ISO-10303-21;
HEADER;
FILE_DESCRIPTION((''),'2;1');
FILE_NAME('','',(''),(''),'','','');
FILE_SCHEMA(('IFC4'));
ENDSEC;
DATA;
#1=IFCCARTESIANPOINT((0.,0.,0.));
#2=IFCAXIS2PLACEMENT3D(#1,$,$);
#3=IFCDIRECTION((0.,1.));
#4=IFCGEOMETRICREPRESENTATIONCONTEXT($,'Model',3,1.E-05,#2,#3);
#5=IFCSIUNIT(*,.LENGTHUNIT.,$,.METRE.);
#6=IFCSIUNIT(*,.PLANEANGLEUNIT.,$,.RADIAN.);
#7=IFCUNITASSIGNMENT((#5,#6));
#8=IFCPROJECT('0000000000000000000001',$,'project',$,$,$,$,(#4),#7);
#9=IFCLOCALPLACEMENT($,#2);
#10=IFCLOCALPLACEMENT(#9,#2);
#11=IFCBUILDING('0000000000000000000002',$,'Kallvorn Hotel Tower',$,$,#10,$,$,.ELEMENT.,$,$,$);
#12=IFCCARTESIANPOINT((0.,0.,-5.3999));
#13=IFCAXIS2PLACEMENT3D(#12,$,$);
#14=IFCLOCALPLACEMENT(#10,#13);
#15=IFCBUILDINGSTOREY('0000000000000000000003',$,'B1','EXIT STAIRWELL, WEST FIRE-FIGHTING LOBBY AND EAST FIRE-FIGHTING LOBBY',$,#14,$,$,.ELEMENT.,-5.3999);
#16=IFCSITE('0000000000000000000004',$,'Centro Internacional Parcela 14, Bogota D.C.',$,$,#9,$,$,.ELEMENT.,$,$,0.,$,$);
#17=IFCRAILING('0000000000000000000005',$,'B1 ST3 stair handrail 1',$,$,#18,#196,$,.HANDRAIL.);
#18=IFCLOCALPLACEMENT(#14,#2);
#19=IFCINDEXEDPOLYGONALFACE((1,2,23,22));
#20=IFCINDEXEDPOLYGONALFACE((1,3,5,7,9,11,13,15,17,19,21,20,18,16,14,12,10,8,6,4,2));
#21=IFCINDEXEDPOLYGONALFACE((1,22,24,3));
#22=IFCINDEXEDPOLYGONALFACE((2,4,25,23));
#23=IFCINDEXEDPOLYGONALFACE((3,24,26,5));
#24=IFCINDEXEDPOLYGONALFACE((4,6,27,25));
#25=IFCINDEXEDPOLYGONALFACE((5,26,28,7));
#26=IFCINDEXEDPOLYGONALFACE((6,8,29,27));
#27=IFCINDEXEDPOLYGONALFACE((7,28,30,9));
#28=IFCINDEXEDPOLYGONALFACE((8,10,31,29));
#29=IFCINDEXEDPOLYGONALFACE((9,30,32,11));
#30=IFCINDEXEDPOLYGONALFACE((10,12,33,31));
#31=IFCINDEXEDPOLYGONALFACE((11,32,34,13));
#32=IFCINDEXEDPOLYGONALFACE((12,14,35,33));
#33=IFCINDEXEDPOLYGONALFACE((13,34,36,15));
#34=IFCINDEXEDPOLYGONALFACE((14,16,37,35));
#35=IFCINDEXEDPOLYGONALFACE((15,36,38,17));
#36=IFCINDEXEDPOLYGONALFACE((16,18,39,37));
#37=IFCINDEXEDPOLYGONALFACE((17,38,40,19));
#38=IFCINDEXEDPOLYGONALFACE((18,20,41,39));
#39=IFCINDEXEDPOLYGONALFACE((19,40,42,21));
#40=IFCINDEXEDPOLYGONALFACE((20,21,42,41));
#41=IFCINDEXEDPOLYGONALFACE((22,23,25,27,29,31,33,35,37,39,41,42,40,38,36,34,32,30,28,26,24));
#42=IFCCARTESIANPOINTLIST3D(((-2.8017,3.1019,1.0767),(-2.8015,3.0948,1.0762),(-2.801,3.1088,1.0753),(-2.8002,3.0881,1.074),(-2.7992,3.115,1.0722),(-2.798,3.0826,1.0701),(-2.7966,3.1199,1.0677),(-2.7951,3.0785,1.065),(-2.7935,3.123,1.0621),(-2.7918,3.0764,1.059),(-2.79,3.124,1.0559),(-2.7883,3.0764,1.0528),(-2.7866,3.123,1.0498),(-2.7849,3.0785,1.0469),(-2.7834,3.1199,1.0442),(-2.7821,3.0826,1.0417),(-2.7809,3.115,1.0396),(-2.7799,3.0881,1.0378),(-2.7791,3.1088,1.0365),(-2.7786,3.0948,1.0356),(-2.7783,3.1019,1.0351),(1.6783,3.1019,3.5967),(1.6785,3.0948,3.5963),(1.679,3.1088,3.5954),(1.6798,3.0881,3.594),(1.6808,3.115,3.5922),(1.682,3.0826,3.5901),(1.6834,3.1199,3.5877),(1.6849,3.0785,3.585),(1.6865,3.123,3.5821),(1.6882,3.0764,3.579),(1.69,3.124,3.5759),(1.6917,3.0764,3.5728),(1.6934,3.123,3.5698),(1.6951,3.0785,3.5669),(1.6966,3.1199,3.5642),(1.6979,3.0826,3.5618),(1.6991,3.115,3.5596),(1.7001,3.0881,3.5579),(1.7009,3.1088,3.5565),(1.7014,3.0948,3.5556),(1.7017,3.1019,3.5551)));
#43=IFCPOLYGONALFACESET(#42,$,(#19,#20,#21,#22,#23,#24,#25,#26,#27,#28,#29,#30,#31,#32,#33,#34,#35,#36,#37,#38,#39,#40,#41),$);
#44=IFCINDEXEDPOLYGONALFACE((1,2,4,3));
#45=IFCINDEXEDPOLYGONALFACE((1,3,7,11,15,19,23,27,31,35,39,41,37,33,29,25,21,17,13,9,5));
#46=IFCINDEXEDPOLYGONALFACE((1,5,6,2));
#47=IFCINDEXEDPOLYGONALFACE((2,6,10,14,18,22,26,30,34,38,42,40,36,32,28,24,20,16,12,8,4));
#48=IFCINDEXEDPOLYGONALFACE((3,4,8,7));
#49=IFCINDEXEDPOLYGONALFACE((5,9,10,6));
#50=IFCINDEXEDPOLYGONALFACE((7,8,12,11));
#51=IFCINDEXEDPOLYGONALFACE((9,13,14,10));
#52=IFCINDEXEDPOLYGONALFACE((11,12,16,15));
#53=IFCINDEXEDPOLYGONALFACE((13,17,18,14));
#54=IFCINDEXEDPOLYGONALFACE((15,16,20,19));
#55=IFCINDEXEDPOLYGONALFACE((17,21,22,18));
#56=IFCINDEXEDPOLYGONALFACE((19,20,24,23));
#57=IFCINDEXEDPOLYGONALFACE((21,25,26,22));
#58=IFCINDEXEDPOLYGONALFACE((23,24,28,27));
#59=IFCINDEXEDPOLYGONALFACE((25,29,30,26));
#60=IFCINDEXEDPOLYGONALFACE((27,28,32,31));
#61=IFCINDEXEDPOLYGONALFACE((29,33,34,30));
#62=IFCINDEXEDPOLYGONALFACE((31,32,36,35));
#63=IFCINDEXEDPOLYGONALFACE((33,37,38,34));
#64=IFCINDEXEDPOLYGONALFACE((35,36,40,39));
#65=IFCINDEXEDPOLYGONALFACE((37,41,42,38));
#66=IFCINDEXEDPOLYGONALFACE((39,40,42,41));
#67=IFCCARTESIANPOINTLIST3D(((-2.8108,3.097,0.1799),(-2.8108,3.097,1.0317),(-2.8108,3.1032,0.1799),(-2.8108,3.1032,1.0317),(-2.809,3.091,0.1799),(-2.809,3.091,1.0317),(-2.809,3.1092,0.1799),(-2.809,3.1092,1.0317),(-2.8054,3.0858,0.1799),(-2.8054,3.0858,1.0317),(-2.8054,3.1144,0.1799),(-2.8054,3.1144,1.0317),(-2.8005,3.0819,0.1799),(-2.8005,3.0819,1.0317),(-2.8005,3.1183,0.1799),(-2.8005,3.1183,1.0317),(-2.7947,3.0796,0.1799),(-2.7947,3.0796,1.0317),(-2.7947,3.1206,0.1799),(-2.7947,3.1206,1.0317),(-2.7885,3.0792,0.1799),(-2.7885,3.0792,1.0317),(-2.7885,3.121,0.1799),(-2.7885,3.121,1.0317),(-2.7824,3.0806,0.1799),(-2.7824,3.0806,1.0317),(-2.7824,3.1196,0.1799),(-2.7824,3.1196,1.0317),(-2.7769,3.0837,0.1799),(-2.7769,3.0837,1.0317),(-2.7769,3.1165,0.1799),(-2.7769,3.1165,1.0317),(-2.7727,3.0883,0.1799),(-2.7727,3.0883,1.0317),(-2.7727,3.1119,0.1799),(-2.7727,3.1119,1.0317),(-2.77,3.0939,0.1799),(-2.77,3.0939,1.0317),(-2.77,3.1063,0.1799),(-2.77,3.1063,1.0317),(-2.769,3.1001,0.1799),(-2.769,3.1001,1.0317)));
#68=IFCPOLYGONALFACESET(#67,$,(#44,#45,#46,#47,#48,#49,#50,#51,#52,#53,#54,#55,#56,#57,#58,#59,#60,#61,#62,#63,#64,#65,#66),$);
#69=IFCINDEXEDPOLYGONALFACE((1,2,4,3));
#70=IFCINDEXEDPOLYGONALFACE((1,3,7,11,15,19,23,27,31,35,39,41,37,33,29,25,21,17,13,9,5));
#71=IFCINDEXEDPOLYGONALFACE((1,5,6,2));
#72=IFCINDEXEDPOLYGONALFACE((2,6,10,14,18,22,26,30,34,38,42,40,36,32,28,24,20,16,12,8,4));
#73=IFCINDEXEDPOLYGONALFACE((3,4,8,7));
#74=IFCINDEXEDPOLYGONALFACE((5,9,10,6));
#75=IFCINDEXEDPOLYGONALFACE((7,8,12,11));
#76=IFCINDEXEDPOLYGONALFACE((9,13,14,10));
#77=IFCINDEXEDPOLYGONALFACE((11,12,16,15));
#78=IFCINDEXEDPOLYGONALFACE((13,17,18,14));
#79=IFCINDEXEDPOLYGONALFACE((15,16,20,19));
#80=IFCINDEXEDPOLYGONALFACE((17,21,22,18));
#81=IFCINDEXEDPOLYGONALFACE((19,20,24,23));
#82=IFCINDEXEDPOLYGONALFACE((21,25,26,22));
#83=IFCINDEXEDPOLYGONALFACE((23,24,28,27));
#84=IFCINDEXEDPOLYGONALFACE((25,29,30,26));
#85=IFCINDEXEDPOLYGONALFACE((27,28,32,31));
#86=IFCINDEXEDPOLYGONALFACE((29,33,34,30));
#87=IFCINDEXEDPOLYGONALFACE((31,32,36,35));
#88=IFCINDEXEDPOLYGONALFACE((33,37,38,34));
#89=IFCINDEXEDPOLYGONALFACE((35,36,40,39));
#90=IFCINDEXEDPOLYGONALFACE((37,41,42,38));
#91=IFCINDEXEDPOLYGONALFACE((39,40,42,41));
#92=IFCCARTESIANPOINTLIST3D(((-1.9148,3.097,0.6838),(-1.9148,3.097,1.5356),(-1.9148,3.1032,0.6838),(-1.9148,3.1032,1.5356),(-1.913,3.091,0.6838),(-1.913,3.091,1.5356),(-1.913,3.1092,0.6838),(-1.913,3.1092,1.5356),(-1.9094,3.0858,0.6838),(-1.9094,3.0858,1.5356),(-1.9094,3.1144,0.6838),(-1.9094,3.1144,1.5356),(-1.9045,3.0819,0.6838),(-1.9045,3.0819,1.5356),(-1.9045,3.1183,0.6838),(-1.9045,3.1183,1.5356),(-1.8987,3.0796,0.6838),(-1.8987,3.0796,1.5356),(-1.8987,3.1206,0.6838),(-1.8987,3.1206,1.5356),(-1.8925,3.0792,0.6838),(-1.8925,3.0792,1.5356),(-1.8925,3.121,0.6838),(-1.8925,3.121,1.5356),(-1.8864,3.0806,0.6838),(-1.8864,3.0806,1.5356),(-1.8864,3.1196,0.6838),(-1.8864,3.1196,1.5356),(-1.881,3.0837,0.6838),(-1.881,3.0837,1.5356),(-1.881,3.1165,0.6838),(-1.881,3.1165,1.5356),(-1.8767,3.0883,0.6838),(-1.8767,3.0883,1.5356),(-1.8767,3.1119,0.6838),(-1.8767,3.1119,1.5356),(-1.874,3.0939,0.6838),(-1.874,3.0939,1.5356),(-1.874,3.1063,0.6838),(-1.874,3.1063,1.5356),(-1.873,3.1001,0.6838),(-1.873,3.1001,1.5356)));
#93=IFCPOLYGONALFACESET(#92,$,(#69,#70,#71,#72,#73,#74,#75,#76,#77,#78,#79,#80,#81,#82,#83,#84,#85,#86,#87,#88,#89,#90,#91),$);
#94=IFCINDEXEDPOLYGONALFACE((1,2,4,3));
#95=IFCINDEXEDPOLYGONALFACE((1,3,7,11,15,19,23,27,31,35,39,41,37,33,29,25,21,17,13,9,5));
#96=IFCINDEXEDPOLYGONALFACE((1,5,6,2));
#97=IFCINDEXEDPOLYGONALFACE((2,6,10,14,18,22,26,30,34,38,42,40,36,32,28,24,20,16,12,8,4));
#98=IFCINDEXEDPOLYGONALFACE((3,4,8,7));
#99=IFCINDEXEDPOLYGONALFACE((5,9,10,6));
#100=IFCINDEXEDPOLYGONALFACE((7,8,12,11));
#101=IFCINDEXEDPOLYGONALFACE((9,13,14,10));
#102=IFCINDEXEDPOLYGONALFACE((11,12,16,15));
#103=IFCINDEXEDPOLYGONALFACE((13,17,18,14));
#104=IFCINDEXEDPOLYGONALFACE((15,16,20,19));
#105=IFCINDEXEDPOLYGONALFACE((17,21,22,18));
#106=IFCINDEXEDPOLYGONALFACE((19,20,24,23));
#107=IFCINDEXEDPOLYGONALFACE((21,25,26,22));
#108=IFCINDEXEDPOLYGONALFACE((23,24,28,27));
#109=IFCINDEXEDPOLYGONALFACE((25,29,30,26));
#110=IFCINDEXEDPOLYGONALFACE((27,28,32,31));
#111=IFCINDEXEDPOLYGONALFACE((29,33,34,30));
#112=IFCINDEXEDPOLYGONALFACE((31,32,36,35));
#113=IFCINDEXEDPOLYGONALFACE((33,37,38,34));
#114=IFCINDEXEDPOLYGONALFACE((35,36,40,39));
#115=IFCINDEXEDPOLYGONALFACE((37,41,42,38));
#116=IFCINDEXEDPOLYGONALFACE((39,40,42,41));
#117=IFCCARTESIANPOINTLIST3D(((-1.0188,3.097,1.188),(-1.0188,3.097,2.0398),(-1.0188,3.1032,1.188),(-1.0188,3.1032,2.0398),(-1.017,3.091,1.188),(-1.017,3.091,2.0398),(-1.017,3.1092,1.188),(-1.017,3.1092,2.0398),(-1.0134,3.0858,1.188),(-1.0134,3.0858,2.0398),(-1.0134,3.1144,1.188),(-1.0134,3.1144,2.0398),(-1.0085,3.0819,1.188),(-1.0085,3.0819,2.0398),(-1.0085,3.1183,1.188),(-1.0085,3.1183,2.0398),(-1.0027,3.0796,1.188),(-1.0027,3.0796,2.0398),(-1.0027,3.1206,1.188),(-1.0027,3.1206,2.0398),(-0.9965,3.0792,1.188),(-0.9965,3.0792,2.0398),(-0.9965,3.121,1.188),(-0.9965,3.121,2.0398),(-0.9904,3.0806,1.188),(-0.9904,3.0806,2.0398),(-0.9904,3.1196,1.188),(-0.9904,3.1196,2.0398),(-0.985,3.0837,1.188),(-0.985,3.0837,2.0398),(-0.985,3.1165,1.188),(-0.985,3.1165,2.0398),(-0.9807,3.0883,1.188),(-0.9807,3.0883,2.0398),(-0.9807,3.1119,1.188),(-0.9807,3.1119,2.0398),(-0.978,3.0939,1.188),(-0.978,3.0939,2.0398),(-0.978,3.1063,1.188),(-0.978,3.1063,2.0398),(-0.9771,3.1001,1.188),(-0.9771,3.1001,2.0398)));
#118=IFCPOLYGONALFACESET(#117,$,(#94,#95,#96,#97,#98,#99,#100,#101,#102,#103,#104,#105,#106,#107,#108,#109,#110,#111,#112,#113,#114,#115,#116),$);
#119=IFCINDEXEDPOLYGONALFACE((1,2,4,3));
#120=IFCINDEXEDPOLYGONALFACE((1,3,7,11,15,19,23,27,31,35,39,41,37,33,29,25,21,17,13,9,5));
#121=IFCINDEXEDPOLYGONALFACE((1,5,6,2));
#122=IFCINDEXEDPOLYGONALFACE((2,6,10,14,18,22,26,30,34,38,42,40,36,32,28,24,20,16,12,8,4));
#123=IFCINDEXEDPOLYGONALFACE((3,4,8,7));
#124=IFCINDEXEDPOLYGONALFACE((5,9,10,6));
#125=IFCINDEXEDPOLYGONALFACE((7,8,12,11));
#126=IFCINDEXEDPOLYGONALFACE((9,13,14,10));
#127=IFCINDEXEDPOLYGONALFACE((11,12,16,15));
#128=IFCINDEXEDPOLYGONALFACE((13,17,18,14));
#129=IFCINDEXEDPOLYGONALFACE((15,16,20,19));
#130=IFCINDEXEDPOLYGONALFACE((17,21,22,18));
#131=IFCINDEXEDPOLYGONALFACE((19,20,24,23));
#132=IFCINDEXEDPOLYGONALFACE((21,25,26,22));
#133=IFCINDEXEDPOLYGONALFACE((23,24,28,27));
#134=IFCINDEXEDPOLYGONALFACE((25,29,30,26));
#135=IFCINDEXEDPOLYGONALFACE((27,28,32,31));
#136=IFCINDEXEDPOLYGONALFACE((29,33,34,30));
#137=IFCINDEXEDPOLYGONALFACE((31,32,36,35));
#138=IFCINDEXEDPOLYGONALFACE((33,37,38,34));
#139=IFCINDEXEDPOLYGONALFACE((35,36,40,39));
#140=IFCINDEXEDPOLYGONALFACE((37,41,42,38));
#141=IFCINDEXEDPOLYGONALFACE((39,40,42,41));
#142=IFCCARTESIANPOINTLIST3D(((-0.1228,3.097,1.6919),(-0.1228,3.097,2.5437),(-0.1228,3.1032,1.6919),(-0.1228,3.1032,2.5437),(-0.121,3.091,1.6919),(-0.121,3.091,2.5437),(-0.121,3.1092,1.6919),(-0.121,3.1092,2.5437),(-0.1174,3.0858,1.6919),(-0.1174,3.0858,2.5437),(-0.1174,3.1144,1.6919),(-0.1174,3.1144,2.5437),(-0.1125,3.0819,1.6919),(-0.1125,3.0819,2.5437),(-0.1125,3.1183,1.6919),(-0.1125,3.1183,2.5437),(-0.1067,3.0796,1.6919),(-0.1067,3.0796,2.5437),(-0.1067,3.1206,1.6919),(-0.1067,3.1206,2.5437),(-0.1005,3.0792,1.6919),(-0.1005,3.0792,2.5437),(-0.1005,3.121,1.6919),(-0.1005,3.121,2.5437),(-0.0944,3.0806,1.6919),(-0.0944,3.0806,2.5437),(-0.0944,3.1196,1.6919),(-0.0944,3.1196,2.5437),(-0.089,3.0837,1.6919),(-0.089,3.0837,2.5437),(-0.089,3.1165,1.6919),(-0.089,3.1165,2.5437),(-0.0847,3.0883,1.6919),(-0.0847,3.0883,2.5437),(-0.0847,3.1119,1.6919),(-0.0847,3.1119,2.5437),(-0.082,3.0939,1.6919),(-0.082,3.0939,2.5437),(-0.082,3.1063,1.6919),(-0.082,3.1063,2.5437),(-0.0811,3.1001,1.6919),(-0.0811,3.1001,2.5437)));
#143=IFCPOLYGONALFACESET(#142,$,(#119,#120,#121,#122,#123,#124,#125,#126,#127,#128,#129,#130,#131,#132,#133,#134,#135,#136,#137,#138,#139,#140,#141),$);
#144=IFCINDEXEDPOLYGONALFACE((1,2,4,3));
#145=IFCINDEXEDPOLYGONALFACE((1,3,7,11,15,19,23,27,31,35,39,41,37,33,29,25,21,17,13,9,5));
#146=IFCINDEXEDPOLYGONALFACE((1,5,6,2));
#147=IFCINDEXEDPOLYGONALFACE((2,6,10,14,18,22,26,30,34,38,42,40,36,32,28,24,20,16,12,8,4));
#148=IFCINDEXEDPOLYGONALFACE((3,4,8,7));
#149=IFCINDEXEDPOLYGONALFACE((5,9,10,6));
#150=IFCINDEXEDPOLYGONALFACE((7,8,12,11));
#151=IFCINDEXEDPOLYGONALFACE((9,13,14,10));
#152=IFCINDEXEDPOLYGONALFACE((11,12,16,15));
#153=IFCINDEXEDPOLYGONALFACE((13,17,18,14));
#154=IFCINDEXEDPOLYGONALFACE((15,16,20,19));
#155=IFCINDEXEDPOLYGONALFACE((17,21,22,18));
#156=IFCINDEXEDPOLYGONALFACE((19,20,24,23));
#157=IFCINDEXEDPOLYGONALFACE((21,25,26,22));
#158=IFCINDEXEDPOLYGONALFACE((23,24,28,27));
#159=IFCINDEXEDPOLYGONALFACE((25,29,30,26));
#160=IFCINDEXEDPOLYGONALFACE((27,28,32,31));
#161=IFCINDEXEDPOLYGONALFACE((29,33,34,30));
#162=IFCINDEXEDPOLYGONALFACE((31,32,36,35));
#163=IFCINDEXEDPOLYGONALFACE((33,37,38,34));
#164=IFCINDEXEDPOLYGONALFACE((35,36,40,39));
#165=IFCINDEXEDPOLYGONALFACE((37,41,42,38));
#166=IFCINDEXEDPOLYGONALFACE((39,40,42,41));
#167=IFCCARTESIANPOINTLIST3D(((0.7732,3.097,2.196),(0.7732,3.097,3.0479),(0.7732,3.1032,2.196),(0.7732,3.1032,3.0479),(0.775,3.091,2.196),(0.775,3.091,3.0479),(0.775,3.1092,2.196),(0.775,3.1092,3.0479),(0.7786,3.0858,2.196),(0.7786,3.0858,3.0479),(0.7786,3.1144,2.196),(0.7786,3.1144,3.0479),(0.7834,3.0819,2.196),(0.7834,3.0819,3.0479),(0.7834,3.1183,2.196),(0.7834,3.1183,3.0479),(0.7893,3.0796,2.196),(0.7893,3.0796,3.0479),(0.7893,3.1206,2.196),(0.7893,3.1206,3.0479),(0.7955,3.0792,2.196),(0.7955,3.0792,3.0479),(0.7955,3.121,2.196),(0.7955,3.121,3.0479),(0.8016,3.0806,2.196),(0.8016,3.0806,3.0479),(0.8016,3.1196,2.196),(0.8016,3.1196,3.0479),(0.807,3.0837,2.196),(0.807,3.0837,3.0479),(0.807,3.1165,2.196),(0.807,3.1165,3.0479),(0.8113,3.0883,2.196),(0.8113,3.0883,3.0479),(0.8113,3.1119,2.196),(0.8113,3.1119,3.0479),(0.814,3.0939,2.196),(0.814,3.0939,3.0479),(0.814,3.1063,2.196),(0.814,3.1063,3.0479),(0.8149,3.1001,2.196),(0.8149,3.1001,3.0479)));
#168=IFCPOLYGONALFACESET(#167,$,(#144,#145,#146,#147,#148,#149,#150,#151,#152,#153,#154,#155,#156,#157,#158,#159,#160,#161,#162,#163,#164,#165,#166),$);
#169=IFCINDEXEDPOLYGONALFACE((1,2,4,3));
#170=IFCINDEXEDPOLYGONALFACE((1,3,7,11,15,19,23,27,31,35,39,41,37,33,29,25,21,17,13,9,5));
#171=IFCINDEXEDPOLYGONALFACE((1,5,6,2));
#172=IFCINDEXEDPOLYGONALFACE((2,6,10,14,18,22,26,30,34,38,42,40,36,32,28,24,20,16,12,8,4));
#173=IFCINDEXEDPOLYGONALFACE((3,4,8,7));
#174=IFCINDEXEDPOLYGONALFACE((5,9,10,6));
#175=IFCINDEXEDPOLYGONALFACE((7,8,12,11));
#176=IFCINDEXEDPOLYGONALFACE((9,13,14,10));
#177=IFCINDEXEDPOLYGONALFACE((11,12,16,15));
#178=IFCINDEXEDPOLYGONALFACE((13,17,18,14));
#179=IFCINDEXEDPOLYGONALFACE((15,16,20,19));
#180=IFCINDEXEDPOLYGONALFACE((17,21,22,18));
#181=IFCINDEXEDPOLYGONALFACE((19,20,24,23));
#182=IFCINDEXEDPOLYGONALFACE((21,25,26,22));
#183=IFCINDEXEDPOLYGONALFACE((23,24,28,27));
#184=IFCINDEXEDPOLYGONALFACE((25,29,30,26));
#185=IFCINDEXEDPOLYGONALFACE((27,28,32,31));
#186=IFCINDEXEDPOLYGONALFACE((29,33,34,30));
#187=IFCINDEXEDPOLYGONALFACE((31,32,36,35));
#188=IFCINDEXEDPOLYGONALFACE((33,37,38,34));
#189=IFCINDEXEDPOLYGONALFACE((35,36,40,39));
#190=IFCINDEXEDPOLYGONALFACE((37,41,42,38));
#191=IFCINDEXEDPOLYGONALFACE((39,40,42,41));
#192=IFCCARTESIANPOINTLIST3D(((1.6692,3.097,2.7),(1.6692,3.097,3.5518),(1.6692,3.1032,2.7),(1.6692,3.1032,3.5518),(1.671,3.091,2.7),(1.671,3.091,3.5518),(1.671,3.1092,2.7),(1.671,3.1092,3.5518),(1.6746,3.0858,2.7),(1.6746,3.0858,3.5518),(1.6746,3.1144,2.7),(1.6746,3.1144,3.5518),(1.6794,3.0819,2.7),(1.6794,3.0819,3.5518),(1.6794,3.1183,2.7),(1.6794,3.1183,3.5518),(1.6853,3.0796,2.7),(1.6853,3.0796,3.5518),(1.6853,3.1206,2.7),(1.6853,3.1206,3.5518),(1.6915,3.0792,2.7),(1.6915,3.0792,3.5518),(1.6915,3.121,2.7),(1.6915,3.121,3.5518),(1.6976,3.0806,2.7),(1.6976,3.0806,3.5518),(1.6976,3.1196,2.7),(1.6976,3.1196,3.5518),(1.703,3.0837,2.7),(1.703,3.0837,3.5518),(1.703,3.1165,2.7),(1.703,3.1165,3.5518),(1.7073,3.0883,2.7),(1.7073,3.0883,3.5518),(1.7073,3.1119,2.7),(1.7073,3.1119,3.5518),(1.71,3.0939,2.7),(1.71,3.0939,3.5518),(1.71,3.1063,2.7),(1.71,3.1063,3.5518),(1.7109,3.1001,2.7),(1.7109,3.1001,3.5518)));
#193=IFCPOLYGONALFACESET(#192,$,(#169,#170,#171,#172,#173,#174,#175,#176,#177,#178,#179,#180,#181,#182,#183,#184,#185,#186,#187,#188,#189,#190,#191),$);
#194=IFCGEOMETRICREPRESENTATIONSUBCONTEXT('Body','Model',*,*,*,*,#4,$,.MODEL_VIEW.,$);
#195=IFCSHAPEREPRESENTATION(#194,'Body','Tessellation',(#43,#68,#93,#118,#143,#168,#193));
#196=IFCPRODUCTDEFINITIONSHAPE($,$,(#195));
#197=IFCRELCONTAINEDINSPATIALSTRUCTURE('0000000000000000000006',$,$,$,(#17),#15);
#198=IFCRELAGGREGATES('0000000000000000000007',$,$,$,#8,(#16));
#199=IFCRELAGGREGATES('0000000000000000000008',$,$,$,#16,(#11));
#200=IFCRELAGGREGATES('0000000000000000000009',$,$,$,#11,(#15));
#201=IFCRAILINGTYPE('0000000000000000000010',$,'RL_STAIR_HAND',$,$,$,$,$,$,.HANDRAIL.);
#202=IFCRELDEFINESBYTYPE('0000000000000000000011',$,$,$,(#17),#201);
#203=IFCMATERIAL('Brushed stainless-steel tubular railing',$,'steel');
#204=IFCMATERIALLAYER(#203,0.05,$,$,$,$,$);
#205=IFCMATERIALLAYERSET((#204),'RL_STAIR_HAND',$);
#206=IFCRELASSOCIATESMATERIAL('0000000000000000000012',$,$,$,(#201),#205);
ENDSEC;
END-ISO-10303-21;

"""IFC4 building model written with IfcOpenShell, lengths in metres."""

from ifc_helpers import new_model, si_unit, direction, frame, origin, origin_2d, place, context, subcontext, project, spatial, circle, extrude, material, layer, layer_set, type_object, element, save


model = new_model("IFC4")

# Units and contexts
model_context = context("Model", 3, precision=1e-05, world=origin(), true_north=direction((0.0, 1.0)))
body_context = subcontext(model_context, "Body", "Model", "MODEL_VIEW")
ifc_project = project(units=[si_unit("LENGTHUNIT", "METRE"), si_unit("PLANEANGLEUNIT", "RADIAN")], contexts=[model_context])

# Site, building, storey
site_placement = place(None, origin())
site = spatial("IfcSite", under=ifc_project, at=site_placement, Name="Centro Internacional Parcela 14, Bogota D.C.", CompositionType="ELEMENT", RefElevation=0.0)
building_placement = place(site_placement, origin())
building = spatial("IfcBuilding", under=site, at=building_placement, Name="Kallvorn Hotel Tower", CompositionType="ELEMENT")
storey_placement = place(building_placement, frame((0.0, 0.0, -5.3999)))
storey = spatial("IfcBuildingStorey", under=building, at=storey_placement, Name="B1", Description="EXIT STAIRWELL, WEST FIRE-FIGHTING LOBBY AND EAST FIRE-FIGHTING LOBBY", CompositionType="ELEMENT", Elevation=-5.3999)

# Railing
ifc_material_1 = material(Name="Brushed stainless-steel tubular railing", Category="steel")
ifc_layer_1 = layer(ifc_material_1, 0.05)
ifc_layer_set_1 = layer_set([ifc_layer_1], Name="RL_STAIR_HAND")
railing_type_1 = type_object("IfcRailingType", Name="RL_STAIR_HAND", PredefinedType="HANDRAIL", material=ifc_layer_set_1)
railing_1_placement = place(storey_placement, frame((-2.79, 3.1001, 0.1799)))
element("IfcRailing", 1, at=railing_1_placement, inside=storey, type_object=railing_type_1, Name="B1 ST3 stair handrail 1", PredefinedType="HANDRAIL", context=body_context, shape_type="SweptSolid", body=[
    extrude(circle(Radius=0.0239, at=origin_2d()), frame((0.0, 0.0, 0.876), z_axis=(0.871573, 0.0, 0.490266), x_axis=(0.0, 1.0, 0.0)), (0.0, 0.0, 1.0), 5.1401),
    extrude(circle(Radius=0.021, at=origin_2d()), origin(), (0.0, 0.0, 1.0), 0.8518),
    extrude(circle(Radius=0.021, at=origin_2d()), frame((0.896, 0.0, 0.5039)), (0.0, 0.0, 1.0), 0.8518),
    extrude(circle(Radius=0.021, at=origin_2d()), frame((1.792, 0.0, 1.0081)), (0.0, 0.0, 1.0), 0.8518),
    extrude(circle(Radius=0.021, at=origin_2d()), frame((2.688, 0.0, 1.512)), (0.0, 0.0, 1.0), 0.8518),
    extrude(circle(Radius=0.021, at=origin_2d()), frame((3.584, 0.0, 2.0161)), (0.0, 0.0, 1.0), 0.8518),
    extrude(circle(Radius=0.021, at=origin_2d()), frame((4.48, 0.0, 2.52)), (0.0, 0.0, 1.0), 0.8518),
])

save(model, "model.ifc")
